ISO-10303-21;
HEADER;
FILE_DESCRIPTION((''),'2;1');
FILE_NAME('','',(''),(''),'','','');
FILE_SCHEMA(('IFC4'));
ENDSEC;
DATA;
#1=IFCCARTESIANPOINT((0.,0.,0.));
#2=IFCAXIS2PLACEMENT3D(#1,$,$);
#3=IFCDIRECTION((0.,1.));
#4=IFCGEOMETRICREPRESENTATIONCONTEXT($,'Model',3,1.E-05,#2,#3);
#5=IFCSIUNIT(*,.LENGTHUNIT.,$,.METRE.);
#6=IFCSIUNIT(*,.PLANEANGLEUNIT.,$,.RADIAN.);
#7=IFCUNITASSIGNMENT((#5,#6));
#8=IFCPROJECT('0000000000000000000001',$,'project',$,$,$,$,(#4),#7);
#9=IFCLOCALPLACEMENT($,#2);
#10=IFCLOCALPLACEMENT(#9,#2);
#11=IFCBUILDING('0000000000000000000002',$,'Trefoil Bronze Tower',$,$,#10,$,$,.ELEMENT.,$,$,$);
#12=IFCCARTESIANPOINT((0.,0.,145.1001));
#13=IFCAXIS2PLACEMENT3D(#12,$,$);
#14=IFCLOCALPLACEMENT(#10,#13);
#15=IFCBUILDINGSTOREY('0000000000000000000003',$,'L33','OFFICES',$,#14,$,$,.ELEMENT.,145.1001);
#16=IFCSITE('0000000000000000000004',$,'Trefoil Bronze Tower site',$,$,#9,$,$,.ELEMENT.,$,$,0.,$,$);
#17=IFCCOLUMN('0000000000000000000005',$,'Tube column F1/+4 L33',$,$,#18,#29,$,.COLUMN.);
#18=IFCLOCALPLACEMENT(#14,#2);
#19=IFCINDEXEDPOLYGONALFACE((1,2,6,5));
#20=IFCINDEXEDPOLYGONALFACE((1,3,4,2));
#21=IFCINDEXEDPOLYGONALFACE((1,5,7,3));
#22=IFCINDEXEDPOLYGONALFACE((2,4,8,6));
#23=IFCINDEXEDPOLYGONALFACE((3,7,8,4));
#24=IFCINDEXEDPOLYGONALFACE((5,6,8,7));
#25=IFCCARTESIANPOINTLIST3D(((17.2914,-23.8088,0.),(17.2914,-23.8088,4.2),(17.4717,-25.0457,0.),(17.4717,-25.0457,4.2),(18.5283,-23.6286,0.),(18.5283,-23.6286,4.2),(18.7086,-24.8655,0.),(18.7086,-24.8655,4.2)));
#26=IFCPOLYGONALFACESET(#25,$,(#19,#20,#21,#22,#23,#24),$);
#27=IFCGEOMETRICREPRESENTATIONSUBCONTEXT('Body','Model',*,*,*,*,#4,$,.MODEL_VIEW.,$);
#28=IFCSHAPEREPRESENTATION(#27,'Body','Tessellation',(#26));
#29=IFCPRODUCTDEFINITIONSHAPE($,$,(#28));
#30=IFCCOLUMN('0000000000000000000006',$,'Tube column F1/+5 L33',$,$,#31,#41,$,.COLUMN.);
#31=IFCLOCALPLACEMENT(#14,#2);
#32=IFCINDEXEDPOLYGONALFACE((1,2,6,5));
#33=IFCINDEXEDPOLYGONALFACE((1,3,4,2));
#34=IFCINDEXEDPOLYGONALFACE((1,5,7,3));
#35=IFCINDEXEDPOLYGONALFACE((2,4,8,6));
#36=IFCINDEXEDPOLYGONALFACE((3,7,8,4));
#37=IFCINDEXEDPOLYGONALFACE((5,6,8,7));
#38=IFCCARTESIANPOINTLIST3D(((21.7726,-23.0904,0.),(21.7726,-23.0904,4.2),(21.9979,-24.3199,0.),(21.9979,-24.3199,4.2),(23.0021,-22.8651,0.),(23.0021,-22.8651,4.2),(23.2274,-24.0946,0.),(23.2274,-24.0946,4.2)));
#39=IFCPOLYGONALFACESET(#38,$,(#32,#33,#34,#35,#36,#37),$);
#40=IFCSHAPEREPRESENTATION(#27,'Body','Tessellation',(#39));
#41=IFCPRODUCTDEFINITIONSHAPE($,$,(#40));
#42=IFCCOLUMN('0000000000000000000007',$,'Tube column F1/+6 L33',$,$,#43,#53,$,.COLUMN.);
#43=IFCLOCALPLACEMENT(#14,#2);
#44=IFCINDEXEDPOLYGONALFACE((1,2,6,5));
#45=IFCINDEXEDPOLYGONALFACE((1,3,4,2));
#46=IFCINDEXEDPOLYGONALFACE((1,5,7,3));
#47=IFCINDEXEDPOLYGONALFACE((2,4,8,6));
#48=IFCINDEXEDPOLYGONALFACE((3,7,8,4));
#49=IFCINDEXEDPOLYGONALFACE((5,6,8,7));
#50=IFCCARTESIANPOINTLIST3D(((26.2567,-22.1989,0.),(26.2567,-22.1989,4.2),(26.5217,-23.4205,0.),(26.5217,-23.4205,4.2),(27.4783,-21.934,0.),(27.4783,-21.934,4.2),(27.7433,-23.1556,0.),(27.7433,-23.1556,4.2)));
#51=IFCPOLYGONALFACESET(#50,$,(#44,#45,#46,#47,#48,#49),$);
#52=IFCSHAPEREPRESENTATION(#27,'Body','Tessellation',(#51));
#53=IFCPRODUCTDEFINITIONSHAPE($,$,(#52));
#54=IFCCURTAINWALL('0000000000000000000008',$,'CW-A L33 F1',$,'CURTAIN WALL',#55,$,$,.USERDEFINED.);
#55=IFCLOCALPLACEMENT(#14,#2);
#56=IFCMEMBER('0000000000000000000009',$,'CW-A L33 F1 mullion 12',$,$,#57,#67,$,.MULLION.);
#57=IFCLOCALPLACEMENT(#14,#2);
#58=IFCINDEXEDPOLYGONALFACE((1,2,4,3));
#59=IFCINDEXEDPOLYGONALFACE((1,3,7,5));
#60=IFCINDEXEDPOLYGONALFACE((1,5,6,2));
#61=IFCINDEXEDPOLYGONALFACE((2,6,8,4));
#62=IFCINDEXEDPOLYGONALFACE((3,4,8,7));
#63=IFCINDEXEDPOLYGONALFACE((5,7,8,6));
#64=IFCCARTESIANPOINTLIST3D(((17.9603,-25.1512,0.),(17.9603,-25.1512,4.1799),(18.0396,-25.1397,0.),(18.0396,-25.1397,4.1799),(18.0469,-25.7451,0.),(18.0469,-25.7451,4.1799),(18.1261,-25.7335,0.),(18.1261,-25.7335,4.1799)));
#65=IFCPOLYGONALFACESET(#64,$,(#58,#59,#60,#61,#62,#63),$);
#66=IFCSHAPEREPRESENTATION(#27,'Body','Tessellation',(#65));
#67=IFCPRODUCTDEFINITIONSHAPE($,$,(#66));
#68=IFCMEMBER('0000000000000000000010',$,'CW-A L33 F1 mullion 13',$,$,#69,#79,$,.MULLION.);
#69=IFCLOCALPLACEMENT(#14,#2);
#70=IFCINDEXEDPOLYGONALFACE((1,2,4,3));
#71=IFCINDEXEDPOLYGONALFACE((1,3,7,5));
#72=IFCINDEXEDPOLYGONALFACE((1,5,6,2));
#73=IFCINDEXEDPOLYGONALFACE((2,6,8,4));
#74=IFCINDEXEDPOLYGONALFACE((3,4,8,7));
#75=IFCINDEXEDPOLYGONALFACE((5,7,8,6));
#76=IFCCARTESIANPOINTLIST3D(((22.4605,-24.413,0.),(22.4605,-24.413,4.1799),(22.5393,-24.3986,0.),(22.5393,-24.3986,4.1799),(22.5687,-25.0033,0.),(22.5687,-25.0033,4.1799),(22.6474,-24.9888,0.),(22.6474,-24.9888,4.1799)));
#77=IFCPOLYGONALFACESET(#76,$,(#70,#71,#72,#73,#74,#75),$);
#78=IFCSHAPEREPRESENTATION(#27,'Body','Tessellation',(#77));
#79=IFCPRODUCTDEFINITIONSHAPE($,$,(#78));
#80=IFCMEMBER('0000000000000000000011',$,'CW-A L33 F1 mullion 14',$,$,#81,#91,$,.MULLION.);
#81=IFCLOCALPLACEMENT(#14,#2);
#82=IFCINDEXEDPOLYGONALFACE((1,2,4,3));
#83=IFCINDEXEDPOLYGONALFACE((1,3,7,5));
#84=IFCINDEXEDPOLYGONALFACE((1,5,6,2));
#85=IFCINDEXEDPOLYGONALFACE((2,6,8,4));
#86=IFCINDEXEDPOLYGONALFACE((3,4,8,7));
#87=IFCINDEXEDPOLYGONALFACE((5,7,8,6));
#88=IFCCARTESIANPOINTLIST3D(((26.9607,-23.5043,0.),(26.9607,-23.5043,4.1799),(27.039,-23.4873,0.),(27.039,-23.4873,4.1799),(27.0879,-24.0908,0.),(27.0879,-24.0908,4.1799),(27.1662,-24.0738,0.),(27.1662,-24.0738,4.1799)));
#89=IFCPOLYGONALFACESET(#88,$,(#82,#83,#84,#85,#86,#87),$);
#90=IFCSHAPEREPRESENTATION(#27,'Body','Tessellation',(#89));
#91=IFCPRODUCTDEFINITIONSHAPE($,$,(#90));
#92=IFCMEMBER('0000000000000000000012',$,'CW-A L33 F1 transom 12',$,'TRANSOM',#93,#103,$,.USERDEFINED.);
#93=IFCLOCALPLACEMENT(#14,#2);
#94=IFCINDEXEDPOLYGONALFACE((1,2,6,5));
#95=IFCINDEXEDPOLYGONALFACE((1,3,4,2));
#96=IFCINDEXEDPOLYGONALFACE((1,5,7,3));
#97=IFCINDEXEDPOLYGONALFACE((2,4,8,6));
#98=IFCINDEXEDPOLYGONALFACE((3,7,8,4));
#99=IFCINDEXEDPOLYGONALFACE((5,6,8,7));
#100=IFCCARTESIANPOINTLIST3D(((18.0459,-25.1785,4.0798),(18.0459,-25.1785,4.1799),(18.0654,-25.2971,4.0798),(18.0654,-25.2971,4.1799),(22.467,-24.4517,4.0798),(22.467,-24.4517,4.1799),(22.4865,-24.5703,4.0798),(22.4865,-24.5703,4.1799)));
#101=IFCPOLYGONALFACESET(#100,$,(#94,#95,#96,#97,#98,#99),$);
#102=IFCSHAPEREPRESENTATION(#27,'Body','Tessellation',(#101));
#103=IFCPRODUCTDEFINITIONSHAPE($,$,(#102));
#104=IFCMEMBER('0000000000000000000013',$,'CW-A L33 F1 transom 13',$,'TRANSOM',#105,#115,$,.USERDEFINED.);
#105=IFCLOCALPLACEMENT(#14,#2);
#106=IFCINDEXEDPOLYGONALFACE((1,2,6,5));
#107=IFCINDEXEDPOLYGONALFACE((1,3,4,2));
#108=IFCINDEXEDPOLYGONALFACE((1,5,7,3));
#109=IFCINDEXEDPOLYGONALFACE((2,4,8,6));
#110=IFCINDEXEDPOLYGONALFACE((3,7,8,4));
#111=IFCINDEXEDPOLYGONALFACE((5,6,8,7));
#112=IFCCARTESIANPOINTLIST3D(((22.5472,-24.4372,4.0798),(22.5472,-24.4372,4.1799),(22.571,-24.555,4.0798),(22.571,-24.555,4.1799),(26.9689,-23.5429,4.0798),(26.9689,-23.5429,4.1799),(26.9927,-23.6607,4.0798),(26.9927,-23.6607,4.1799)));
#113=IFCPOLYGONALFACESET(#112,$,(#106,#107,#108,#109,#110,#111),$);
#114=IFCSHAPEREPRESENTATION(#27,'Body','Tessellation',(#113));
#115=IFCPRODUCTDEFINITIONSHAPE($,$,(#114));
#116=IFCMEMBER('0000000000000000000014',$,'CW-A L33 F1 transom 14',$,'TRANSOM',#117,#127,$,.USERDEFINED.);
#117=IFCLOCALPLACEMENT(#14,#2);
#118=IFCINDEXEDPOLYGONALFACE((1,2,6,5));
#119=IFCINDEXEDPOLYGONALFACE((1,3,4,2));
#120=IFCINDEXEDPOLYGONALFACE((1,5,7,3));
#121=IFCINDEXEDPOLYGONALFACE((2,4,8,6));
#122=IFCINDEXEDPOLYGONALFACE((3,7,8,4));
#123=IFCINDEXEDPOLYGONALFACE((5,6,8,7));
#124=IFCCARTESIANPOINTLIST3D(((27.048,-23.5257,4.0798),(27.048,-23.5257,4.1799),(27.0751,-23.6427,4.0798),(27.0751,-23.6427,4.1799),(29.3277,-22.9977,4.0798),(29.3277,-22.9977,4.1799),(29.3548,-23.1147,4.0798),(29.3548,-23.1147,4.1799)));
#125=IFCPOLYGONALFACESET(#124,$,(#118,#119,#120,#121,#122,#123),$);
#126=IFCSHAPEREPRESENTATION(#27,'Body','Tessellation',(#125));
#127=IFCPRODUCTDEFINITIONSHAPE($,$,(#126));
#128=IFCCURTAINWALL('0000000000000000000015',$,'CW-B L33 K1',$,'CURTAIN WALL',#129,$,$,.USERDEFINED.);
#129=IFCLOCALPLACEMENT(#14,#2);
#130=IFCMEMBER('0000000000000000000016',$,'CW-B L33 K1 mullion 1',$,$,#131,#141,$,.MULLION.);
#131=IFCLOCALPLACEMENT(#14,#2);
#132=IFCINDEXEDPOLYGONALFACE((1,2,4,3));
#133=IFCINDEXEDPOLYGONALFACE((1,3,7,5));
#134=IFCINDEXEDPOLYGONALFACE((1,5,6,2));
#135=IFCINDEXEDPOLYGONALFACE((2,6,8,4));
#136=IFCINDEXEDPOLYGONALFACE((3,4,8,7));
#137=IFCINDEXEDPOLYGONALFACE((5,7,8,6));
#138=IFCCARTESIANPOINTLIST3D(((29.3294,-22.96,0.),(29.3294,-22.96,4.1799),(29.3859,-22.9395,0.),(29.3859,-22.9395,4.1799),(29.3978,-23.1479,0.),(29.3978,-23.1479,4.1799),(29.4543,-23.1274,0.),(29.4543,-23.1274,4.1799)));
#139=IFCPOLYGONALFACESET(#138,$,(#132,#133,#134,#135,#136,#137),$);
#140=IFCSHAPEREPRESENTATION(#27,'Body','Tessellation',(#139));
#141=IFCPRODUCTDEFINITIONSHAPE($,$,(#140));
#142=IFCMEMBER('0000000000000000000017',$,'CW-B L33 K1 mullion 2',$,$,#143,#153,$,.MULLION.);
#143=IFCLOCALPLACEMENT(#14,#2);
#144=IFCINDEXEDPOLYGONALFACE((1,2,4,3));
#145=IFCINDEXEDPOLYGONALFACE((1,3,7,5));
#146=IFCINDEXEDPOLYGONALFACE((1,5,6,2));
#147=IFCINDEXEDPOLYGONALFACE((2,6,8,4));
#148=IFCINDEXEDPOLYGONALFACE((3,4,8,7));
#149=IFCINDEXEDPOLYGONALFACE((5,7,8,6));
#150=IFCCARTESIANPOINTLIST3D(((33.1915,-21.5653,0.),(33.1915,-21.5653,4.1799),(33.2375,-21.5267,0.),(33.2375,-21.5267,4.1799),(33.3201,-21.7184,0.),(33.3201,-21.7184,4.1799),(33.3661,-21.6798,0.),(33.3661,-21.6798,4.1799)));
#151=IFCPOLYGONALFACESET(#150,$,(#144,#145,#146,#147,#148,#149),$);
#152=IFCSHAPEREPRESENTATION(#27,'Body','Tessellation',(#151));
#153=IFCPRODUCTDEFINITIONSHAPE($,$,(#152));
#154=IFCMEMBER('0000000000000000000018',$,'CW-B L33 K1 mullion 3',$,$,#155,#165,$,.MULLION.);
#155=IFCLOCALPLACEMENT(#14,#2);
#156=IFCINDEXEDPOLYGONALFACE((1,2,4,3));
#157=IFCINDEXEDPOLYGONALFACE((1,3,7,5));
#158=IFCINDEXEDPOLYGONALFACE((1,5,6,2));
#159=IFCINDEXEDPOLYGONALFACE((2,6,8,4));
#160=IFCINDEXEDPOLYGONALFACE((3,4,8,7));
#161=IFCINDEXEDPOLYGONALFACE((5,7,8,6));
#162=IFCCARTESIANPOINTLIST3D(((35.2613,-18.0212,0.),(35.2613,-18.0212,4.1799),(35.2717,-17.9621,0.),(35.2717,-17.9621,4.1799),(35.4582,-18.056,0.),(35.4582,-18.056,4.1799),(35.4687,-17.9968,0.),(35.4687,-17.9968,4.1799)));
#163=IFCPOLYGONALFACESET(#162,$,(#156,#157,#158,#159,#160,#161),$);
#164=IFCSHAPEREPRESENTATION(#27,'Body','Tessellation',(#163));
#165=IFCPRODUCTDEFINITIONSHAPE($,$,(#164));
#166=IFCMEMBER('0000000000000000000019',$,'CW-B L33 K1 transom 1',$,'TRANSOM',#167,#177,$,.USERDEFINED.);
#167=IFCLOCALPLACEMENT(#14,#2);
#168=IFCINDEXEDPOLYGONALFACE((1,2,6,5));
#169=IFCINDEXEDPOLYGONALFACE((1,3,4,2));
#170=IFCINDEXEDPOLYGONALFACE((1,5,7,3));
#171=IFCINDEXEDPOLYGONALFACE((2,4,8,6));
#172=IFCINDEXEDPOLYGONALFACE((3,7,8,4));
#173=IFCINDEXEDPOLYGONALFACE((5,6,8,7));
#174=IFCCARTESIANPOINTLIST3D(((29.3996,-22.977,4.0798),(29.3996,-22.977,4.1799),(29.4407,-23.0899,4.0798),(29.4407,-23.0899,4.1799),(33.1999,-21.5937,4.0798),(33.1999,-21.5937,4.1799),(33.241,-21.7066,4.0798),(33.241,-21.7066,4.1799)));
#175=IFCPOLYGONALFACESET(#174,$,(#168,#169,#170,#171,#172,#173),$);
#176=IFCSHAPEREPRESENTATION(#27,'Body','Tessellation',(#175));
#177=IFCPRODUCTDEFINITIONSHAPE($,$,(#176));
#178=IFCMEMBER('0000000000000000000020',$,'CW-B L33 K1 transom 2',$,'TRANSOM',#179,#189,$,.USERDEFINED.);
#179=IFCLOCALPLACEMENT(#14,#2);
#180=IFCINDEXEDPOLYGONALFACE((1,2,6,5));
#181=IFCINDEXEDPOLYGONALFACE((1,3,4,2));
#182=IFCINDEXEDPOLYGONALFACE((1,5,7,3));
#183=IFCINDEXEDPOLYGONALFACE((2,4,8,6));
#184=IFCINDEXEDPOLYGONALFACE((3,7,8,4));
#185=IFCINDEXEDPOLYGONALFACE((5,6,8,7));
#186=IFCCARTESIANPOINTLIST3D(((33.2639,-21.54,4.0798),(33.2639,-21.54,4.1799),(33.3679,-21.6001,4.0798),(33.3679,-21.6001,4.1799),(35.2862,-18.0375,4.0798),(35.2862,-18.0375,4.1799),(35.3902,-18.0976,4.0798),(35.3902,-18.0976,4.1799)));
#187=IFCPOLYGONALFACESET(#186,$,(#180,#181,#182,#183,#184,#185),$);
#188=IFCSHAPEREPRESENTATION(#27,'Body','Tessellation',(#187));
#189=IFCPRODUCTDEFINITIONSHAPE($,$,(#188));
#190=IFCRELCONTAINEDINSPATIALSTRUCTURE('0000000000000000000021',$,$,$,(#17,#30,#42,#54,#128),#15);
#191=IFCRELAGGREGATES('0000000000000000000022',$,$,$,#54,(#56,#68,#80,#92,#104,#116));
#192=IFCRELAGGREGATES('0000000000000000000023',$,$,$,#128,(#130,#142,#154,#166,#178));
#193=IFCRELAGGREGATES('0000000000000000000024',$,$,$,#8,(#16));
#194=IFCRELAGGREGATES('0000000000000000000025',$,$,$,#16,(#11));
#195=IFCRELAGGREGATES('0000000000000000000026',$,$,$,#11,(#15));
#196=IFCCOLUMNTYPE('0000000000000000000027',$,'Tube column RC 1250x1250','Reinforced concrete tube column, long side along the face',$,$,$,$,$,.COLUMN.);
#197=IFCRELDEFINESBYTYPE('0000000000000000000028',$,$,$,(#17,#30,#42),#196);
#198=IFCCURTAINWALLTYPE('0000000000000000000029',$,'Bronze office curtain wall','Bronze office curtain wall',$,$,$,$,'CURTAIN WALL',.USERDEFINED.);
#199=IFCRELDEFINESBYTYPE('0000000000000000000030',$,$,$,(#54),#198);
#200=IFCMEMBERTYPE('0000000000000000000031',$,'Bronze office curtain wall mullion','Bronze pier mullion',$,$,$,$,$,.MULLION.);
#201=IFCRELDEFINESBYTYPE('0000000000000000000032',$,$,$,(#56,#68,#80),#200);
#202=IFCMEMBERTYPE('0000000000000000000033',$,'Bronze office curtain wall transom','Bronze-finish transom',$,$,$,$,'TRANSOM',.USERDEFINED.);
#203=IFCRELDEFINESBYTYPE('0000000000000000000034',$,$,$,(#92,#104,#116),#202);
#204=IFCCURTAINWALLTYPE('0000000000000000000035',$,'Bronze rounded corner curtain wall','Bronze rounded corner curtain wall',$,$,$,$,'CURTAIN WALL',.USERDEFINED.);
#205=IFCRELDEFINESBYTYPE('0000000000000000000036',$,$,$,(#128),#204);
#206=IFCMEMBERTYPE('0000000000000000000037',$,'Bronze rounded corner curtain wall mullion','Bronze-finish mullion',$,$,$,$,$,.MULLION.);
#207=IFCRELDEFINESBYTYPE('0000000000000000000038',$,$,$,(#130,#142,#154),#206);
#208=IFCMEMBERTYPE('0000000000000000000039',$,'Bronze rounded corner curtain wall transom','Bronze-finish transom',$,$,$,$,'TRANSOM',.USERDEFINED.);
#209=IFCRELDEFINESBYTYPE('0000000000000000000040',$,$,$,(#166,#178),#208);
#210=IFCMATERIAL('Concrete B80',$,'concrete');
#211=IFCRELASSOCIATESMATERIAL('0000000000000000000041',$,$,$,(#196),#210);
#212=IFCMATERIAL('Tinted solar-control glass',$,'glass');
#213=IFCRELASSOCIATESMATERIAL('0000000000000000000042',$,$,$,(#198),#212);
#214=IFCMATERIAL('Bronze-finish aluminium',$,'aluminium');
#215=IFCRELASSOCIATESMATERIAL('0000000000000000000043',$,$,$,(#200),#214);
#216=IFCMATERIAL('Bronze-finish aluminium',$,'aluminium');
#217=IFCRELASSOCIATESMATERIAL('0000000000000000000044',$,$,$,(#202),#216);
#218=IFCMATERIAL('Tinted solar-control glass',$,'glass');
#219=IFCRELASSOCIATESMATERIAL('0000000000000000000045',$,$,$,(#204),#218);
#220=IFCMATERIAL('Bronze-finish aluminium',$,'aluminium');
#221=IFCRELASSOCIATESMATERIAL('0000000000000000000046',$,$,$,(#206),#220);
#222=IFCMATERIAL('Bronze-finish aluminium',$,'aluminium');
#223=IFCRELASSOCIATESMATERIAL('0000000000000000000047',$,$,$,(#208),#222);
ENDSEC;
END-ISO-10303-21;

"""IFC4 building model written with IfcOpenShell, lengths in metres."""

from ifc_helpers import new_model, si_unit, direction, frame, origin, origin_2d, place, context, subcontext, project, spatial, rectangle, extrude, material, material_profile, profile_set, type_object, element, aggregate, save


model = new_model("IFC4")

# Units and contexts
model_context = context("Model", 3, precision=1e-05, world=origin(), true_north=direction((0.0, 1.0)))
body_context = subcontext(model_context, "Body", "Model", "MODEL_VIEW")
ifc_project = project(units=[si_unit("LENGTHUNIT", "METRE"), si_unit("PLANEANGLEUNIT", "RADIAN")], contexts=[model_context])

# Site, building, storey
site_placement = place(None, origin())
site = spatial("IfcSite", under=ifc_project, at=site_placement, Name="Trefoil Bronze Tower site", CompositionType="ELEMENT", RefElevation=0.0)
building_placement = place(site_placement, origin())
building = spatial("IfcBuilding", under=site, at=building_placement, Name="Trefoil Bronze Tower", CompositionType="ELEMENT")
storey_placement = place(building_placement, frame((0.0, 0.0, 145.1001)))
storey = spatial("IfcBuildingStorey", under=building, at=storey_placement, Name="L33", Description="OFFICES", CompositionType="ELEMENT", Elevation=145.1001)

# Columns
ifc_material_1 = material(Name="Concrete B80", Category="concrete")
ifc_material_profile_1 = material_profile(ifc_material_1, rectangle(XDim=1.25, YDim=1.25, at=origin_2d()), Name="RC 1250x1250")
ifc_profile_set_1 = profile_set([ifc_material_profile_1], Name="Concrete B80")
column_type = type_object("IfcColumnType", Name="Tube column RC 1250x1250", Description="Reinforced concrete tube column, long side along the face", PredefinedType="COLUMN", material=ifc_profile_set_1)
for number, where, z_axis, x_axis, name in (
    (1, (18.0, -24.3372, 0.0), (0.0, 0.0, 1.0), (0.98955, 0.144192, 0.0), "Tube column F1/+4 L33"),
    (2, (22.5, -23.5925, 0.0), (0.0, 0.0, 1.0), (0.983623, 0.180241, 0.0), "Tube column F1/+5 L33"),
    (3, (27.0, -22.6772, 0.0), (0.0, 0.0, 1.0), (0.977276, 0.21197, 0.0), "Tube column F1/+6 L33"),
):
    element("IfcColumn", number, at=place(storey_placement, frame(where, z_axis=z_axis, x_axis=x_axis)), inside=storey, type_object=column_type, Name=name, PredefinedType="COLUMN", context=body_context, shape_type="SweptSolid", body=[
        extrude(rectangle(XDim=1.25, YDim=1.25, at=origin_2d()), origin(), (0.0, 0.0, 1.0), 4.2),
    ])

# Curtain walls, members
ifc_material_2 = material(Name="Tinted solar-control glass", Category="glass")
curtain_wall_type_1 = type_object("IfcCurtainWallType", Name="Bronze office curtain wall", Description="Bronze office curtain wall", ElementType="CURTAIN WALL", PredefinedType="USERDEFINED", material=ifc_material_2)
curtain_wall_1_placement = place(storey_placement, origin())
curtain_wall_1 = element("IfcCurtainWall", 4, at=curtain_wall_1_placement, inside=storey, type_object=curtain_wall_type_1, Name="CW-A L33 F1", ObjectType="CURTAIN WALL", PredefinedType="USERDEFINED")
ifc_material_3 = material(Name="Bronze-finish aluminium", Category="aluminium")
ifc_material_profile_2 = material_profile(ifc_material_3, rectangle(XDim=0.6001, YDim=0.0801, at=origin_2d()), Name="CW-A mullion")
ifc_profile_set_2 = profile_set([ifc_material_profile_2], Name="Bronze-finish aluminium")
member_type_1 = type_object("IfcMemberType", Name="Bronze office curtain wall mullion", Description="Bronze pier mullion", PredefinedType="MULLION", material=ifc_profile_set_2)
member_1_placement = place(storey_placement, frame((18.0432, -25.4424, 0.0), z_axis=(0.0, 0.0, 1.0), x_axis=(-0.144192, 0.98955, 0.0)))
member_1 = element("IfcMember", 5, at=member_1_placement, type_object=member_type_1, Name="CW-A L33 F1 mullion 12", PredefinedType="MULLION", context=body_context, shape_type="SweptSolid", body=[
    extrude(rectangle(XDim=0.6001, YDim=0.0801, at=origin_2d()), origin(), (0.0, 0.0, 1.0), 4.1799),
])
member_2_placement = place(storey_placement, frame((22.554, -24.7009, 0.0), z_axis=(0.0, 0.0, 1.0), x_axis=(-0.180241, 0.983623, 0.0)))
member_2 = element("IfcMember", 6, at=member_2_placement, type_object=member_type_1, Name="CW-A L33 F1 mullion 13", PredefinedType="MULLION", context=body_context, shape_type="SweptSolid", body=[
    extrude(rectangle(XDim=0.6001, YDim=0.0801, at=origin_2d()), origin(), (0.0, 0.0, 1.0), 4.1799),
])
member_3_placement = place(storey_placement, frame((27.0635, -23.7891, 0.0), z_axis=(0.0, 0.0, 1.0), x_axis=(-0.21197, 0.977276, 0.0)))
member_3 = element("IfcMember", 7, at=member_3_placement, type_object=member_type_1, Name="CW-A L33 F1 mullion 14", PredefinedType="MULLION", context=body_context, shape_type="SweptSolid", body=[
    extrude(rectangle(XDim=0.6001, YDim=0.0801, at=origin_2d()), origin(), (0.0, 0.0, 1.0), 4.1799),
])
ifc_material_4 = material(Name="Bronze-finish aluminium", Category="aluminium")
ifc_material_profile_3 = material_profile(ifc_material_4, rectangle(XDim=0.1201, YDim=0.1001, at=origin_2d()), Name="CW-A transom")
ifc_profile_set_3 = profile_set([ifc_material_profile_3], Name="Bronze-finish aluminium")
member_type_2 = type_object("IfcMemberType", Name="Bronze office curtain wall transom", Description="Bronze-finish transom", ElementType="TRANSOM", PredefinedType="USERDEFINED", material=ifc_profile_set_3)
member_4_placement = place(storey_placement, frame((18.0557, -25.2378, 4.1299), z_axis=(0.986755, 0.162216, 0.0), x_axis=(-0.162216, 0.986755, 0.0)))
member_4 = element("IfcMember", 8, at=member_4_placement, type_object=member_type_2, Name="CW-A L33 F1 transom 12", ObjectType="TRANSOM", PredefinedType="USERDEFINED", context=body_context, shape_type="SweptSolid", body=[
    extrude(rectangle(XDim=0.1201, YDim=0.1001, at=origin_2d()), origin(), (0.0, 0.0, 1.0), 4.4805),
])
member_5_placement = place(storey_placement, frame((22.5591, -24.4961, 4.1299), z_axis=(0.980154, 0.198239, 0.0), x_axis=(-0.198239, 0.980154, 0.0)))
member_5 = element("IfcMember", 9, at=member_5_placement, type_object=member_type_2, Name="CW-A L33 F1 transom 13", ObjectType="TRANSOM", PredefinedType="USERDEFINED", context=body_context, shape_type="SweptSolid", body=[
    extrude(rectangle(XDim=0.1201, YDim=0.1001, at=origin_2d()), origin(), (0.0, 0.0, 1.0), 4.5112),
])
member_6_placement = place(storey_placement, frame((27.0615, -23.5842, 4.1299), z_axis=(0.974206, 0.225659, 0.0), x_axis=(-0.225659, 0.974206, 0.0)))
member_6 = element("IfcMember", 10, at=member_6_placement, type_object=member_type_2, Name="CW-A L33 F1 transom 14", ObjectType="TRANSOM", PredefinedType="USERDEFINED", context=body_context, shape_type="SweptSolid", body=[
    extrude(rectangle(XDim=0.1201, YDim=0.1001, at=origin_2d()), origin(), (0.0, 0.0, 1.0), 2.3401),
])
ifc_material_5 = material(Name="Tinted solar-control glass", Category="glass")
curtain_wall_type_2 = type_object("IfcCurtainWallType", Name="Bronze rounded corner curtain wall", Description="Bronze rounded corner curtain wall", ElementType="CURTAIN WALL", PredefinedType="USERDEFINED", material=ifc_material_5)
curtain_wall_2_placement = place(storey_placement, origin())
curtain_wall_2 = element("IfcCurtainWall", 11, at=curtain_wall_2_placement, inside=storey, type_object=curtain_wall_type_2, Name="CW-B L33 K1", ObjectType="CURTAIN WALL", PredefinedType="USERDEFINED")
ifc_material_6 = material(Name="Bronze-finish aluminium", Category="aluminium")
ifc_material_profile_4 = material_profile(ifc_material_6, rectangle(XDim=0.2, YDim=0.0601, at=origin_2d()), Name="CW-B mullion")
ifc_profile_set_4 = profile_set([ifc_material_profile_4], Name="Bronze-finish aluminium")
member_type_3 = type_object("IfcMemberType", Name="Bronze rounded corner curtain wall mullion", Description="Bronze-finish mullion", PredefinedType="MULLION", material=ifc_profile_set_4)
member_7_placement = place(storey_placement, frame((29.3918, -23.0437, 0.0), z_axis=(0.0, 0.0, 1.0), x_axis=(-0.34202, 0.939693, 0.0)))
member_7 = element("IfcMember", 12, at=member_7_placement, type_object=member_type_3, Name="CW-B L33 K1 mullion 1", PredefinedType="MULLION", context=body_context, shape_type="SweptSolid", body=[
    extrude(rectangle(XDim=0.2, YDim=0.0601, at=origin_2d()), origin(), (0.0, 0.0, 1.0), 4.1799),
])
member_8_placement = place(storey_placement, frame((33.2788, -21.6226, 0.0), z_axis=(0.0, 0.0, 1.0), x_axis=(-0.642788, 0.766044, 0.0)))
member_8 = element("IfcMember", 13, at=member_8_placement, type_object=member_type_3, Name="CW-B L33 K1 mullion 2", PredefinedType="MULLION", context=body_context, shape_type="SweptSolid", body=[
    extrude(rectangle(XDim=0.2, YDim=0.0601, at=origin_2d()), origin(), (0.0, 0.0, 1.0), 4.1799),
])
member_9_placement = place(storey_placement, frame((35.365, -18.009, 0.0), z_axis=(0.0, 0.0, 1.0), x_axis=(-0.984808, 0.173648, 0.0)))
member_9 = element("IfcMember", 14, at=member_9_placement, type_object=member_type_3, Name="CW-B L33 K1 mullion 3", PredefinedType="MULLION", context=body_context, shape_type="SweptSolid", body=[
    extrude(rectangle(XDim=0.2, YDim=0.0601, at=origin_2d()), origin(), (0.0, 0.0, 1.0), 4.1799),
])
ifc_material_7 = material(Name="Bronze-finish aluminium", Category="aluminium")
ifc_material_profile_5 = material_profile(ifc_material_7, rectangle(XDim=0.1201, YDim=0.1001, at=origin_2d()), Name="CW-B transom")
ifc_profile_set_5 = profile_set([ifc_material_profile_5], Name="Bronze-finish aluminium")
member_type_4 = type_object("IfcMemberType", Name="Bronze rounded corner curtain wall transom", Description="Bronze-finish transom", ElementType="TRANSOM", PredefinedType="USERDEFINED", material=ifc_profile_set_5)
member_10_placement = place(storey_placement, frame((29.4202, -23.0334, 4.1299), z_axis=(0.939684, 0.342044, 0.0), x_axis=(-0.342044, 0.939684, 0.0)))
member_10 = element("IfcMember", 15, at=member_10_placement, type_object=member_type_4, Name="CW-B L33 K1 transom 1", ObjectType="TRANSOM", PredefinedType="USERDEFINED", context=body_context, shape_type="SweptSolid", body=[
    extrude(rectangle(XDim=0.1201, YDim=0.1001, at=origin_2d()), origin(), (0.0, 0.0, 1.0), 4.0442),
])
member_11_placement = place(storey_placement, frame((33.3159, -21.5701, 4.1299), z_axis=(0.500015, 0.866017, 0.0), x_axis=(-0.866017, 0.500015, 0.0)))
member_11 = element("IfcMember", 16, at=member_11_placement, type_object=member_type_4, Name="CW-B L33 K1 transom 2", ObjectType="TRANSOM", PredefinedType="USERDEFINED", context=body_context, shape_type="SweptSolid", body=[
    extrude(rectangle(XDim=0.1201, YDim=0.1001, at=origin_2d()), origin(), (0.0, 0.0, 1.0), 4.0444),
])

aggregate(curtain_wall_1, [member_1, member_2, member_3, member_4, member_5, member_6])
aggregate(curtain_wall_2, [member_7, member_8, member_9, member_10, member_11])

save(model, "model.ifc")
